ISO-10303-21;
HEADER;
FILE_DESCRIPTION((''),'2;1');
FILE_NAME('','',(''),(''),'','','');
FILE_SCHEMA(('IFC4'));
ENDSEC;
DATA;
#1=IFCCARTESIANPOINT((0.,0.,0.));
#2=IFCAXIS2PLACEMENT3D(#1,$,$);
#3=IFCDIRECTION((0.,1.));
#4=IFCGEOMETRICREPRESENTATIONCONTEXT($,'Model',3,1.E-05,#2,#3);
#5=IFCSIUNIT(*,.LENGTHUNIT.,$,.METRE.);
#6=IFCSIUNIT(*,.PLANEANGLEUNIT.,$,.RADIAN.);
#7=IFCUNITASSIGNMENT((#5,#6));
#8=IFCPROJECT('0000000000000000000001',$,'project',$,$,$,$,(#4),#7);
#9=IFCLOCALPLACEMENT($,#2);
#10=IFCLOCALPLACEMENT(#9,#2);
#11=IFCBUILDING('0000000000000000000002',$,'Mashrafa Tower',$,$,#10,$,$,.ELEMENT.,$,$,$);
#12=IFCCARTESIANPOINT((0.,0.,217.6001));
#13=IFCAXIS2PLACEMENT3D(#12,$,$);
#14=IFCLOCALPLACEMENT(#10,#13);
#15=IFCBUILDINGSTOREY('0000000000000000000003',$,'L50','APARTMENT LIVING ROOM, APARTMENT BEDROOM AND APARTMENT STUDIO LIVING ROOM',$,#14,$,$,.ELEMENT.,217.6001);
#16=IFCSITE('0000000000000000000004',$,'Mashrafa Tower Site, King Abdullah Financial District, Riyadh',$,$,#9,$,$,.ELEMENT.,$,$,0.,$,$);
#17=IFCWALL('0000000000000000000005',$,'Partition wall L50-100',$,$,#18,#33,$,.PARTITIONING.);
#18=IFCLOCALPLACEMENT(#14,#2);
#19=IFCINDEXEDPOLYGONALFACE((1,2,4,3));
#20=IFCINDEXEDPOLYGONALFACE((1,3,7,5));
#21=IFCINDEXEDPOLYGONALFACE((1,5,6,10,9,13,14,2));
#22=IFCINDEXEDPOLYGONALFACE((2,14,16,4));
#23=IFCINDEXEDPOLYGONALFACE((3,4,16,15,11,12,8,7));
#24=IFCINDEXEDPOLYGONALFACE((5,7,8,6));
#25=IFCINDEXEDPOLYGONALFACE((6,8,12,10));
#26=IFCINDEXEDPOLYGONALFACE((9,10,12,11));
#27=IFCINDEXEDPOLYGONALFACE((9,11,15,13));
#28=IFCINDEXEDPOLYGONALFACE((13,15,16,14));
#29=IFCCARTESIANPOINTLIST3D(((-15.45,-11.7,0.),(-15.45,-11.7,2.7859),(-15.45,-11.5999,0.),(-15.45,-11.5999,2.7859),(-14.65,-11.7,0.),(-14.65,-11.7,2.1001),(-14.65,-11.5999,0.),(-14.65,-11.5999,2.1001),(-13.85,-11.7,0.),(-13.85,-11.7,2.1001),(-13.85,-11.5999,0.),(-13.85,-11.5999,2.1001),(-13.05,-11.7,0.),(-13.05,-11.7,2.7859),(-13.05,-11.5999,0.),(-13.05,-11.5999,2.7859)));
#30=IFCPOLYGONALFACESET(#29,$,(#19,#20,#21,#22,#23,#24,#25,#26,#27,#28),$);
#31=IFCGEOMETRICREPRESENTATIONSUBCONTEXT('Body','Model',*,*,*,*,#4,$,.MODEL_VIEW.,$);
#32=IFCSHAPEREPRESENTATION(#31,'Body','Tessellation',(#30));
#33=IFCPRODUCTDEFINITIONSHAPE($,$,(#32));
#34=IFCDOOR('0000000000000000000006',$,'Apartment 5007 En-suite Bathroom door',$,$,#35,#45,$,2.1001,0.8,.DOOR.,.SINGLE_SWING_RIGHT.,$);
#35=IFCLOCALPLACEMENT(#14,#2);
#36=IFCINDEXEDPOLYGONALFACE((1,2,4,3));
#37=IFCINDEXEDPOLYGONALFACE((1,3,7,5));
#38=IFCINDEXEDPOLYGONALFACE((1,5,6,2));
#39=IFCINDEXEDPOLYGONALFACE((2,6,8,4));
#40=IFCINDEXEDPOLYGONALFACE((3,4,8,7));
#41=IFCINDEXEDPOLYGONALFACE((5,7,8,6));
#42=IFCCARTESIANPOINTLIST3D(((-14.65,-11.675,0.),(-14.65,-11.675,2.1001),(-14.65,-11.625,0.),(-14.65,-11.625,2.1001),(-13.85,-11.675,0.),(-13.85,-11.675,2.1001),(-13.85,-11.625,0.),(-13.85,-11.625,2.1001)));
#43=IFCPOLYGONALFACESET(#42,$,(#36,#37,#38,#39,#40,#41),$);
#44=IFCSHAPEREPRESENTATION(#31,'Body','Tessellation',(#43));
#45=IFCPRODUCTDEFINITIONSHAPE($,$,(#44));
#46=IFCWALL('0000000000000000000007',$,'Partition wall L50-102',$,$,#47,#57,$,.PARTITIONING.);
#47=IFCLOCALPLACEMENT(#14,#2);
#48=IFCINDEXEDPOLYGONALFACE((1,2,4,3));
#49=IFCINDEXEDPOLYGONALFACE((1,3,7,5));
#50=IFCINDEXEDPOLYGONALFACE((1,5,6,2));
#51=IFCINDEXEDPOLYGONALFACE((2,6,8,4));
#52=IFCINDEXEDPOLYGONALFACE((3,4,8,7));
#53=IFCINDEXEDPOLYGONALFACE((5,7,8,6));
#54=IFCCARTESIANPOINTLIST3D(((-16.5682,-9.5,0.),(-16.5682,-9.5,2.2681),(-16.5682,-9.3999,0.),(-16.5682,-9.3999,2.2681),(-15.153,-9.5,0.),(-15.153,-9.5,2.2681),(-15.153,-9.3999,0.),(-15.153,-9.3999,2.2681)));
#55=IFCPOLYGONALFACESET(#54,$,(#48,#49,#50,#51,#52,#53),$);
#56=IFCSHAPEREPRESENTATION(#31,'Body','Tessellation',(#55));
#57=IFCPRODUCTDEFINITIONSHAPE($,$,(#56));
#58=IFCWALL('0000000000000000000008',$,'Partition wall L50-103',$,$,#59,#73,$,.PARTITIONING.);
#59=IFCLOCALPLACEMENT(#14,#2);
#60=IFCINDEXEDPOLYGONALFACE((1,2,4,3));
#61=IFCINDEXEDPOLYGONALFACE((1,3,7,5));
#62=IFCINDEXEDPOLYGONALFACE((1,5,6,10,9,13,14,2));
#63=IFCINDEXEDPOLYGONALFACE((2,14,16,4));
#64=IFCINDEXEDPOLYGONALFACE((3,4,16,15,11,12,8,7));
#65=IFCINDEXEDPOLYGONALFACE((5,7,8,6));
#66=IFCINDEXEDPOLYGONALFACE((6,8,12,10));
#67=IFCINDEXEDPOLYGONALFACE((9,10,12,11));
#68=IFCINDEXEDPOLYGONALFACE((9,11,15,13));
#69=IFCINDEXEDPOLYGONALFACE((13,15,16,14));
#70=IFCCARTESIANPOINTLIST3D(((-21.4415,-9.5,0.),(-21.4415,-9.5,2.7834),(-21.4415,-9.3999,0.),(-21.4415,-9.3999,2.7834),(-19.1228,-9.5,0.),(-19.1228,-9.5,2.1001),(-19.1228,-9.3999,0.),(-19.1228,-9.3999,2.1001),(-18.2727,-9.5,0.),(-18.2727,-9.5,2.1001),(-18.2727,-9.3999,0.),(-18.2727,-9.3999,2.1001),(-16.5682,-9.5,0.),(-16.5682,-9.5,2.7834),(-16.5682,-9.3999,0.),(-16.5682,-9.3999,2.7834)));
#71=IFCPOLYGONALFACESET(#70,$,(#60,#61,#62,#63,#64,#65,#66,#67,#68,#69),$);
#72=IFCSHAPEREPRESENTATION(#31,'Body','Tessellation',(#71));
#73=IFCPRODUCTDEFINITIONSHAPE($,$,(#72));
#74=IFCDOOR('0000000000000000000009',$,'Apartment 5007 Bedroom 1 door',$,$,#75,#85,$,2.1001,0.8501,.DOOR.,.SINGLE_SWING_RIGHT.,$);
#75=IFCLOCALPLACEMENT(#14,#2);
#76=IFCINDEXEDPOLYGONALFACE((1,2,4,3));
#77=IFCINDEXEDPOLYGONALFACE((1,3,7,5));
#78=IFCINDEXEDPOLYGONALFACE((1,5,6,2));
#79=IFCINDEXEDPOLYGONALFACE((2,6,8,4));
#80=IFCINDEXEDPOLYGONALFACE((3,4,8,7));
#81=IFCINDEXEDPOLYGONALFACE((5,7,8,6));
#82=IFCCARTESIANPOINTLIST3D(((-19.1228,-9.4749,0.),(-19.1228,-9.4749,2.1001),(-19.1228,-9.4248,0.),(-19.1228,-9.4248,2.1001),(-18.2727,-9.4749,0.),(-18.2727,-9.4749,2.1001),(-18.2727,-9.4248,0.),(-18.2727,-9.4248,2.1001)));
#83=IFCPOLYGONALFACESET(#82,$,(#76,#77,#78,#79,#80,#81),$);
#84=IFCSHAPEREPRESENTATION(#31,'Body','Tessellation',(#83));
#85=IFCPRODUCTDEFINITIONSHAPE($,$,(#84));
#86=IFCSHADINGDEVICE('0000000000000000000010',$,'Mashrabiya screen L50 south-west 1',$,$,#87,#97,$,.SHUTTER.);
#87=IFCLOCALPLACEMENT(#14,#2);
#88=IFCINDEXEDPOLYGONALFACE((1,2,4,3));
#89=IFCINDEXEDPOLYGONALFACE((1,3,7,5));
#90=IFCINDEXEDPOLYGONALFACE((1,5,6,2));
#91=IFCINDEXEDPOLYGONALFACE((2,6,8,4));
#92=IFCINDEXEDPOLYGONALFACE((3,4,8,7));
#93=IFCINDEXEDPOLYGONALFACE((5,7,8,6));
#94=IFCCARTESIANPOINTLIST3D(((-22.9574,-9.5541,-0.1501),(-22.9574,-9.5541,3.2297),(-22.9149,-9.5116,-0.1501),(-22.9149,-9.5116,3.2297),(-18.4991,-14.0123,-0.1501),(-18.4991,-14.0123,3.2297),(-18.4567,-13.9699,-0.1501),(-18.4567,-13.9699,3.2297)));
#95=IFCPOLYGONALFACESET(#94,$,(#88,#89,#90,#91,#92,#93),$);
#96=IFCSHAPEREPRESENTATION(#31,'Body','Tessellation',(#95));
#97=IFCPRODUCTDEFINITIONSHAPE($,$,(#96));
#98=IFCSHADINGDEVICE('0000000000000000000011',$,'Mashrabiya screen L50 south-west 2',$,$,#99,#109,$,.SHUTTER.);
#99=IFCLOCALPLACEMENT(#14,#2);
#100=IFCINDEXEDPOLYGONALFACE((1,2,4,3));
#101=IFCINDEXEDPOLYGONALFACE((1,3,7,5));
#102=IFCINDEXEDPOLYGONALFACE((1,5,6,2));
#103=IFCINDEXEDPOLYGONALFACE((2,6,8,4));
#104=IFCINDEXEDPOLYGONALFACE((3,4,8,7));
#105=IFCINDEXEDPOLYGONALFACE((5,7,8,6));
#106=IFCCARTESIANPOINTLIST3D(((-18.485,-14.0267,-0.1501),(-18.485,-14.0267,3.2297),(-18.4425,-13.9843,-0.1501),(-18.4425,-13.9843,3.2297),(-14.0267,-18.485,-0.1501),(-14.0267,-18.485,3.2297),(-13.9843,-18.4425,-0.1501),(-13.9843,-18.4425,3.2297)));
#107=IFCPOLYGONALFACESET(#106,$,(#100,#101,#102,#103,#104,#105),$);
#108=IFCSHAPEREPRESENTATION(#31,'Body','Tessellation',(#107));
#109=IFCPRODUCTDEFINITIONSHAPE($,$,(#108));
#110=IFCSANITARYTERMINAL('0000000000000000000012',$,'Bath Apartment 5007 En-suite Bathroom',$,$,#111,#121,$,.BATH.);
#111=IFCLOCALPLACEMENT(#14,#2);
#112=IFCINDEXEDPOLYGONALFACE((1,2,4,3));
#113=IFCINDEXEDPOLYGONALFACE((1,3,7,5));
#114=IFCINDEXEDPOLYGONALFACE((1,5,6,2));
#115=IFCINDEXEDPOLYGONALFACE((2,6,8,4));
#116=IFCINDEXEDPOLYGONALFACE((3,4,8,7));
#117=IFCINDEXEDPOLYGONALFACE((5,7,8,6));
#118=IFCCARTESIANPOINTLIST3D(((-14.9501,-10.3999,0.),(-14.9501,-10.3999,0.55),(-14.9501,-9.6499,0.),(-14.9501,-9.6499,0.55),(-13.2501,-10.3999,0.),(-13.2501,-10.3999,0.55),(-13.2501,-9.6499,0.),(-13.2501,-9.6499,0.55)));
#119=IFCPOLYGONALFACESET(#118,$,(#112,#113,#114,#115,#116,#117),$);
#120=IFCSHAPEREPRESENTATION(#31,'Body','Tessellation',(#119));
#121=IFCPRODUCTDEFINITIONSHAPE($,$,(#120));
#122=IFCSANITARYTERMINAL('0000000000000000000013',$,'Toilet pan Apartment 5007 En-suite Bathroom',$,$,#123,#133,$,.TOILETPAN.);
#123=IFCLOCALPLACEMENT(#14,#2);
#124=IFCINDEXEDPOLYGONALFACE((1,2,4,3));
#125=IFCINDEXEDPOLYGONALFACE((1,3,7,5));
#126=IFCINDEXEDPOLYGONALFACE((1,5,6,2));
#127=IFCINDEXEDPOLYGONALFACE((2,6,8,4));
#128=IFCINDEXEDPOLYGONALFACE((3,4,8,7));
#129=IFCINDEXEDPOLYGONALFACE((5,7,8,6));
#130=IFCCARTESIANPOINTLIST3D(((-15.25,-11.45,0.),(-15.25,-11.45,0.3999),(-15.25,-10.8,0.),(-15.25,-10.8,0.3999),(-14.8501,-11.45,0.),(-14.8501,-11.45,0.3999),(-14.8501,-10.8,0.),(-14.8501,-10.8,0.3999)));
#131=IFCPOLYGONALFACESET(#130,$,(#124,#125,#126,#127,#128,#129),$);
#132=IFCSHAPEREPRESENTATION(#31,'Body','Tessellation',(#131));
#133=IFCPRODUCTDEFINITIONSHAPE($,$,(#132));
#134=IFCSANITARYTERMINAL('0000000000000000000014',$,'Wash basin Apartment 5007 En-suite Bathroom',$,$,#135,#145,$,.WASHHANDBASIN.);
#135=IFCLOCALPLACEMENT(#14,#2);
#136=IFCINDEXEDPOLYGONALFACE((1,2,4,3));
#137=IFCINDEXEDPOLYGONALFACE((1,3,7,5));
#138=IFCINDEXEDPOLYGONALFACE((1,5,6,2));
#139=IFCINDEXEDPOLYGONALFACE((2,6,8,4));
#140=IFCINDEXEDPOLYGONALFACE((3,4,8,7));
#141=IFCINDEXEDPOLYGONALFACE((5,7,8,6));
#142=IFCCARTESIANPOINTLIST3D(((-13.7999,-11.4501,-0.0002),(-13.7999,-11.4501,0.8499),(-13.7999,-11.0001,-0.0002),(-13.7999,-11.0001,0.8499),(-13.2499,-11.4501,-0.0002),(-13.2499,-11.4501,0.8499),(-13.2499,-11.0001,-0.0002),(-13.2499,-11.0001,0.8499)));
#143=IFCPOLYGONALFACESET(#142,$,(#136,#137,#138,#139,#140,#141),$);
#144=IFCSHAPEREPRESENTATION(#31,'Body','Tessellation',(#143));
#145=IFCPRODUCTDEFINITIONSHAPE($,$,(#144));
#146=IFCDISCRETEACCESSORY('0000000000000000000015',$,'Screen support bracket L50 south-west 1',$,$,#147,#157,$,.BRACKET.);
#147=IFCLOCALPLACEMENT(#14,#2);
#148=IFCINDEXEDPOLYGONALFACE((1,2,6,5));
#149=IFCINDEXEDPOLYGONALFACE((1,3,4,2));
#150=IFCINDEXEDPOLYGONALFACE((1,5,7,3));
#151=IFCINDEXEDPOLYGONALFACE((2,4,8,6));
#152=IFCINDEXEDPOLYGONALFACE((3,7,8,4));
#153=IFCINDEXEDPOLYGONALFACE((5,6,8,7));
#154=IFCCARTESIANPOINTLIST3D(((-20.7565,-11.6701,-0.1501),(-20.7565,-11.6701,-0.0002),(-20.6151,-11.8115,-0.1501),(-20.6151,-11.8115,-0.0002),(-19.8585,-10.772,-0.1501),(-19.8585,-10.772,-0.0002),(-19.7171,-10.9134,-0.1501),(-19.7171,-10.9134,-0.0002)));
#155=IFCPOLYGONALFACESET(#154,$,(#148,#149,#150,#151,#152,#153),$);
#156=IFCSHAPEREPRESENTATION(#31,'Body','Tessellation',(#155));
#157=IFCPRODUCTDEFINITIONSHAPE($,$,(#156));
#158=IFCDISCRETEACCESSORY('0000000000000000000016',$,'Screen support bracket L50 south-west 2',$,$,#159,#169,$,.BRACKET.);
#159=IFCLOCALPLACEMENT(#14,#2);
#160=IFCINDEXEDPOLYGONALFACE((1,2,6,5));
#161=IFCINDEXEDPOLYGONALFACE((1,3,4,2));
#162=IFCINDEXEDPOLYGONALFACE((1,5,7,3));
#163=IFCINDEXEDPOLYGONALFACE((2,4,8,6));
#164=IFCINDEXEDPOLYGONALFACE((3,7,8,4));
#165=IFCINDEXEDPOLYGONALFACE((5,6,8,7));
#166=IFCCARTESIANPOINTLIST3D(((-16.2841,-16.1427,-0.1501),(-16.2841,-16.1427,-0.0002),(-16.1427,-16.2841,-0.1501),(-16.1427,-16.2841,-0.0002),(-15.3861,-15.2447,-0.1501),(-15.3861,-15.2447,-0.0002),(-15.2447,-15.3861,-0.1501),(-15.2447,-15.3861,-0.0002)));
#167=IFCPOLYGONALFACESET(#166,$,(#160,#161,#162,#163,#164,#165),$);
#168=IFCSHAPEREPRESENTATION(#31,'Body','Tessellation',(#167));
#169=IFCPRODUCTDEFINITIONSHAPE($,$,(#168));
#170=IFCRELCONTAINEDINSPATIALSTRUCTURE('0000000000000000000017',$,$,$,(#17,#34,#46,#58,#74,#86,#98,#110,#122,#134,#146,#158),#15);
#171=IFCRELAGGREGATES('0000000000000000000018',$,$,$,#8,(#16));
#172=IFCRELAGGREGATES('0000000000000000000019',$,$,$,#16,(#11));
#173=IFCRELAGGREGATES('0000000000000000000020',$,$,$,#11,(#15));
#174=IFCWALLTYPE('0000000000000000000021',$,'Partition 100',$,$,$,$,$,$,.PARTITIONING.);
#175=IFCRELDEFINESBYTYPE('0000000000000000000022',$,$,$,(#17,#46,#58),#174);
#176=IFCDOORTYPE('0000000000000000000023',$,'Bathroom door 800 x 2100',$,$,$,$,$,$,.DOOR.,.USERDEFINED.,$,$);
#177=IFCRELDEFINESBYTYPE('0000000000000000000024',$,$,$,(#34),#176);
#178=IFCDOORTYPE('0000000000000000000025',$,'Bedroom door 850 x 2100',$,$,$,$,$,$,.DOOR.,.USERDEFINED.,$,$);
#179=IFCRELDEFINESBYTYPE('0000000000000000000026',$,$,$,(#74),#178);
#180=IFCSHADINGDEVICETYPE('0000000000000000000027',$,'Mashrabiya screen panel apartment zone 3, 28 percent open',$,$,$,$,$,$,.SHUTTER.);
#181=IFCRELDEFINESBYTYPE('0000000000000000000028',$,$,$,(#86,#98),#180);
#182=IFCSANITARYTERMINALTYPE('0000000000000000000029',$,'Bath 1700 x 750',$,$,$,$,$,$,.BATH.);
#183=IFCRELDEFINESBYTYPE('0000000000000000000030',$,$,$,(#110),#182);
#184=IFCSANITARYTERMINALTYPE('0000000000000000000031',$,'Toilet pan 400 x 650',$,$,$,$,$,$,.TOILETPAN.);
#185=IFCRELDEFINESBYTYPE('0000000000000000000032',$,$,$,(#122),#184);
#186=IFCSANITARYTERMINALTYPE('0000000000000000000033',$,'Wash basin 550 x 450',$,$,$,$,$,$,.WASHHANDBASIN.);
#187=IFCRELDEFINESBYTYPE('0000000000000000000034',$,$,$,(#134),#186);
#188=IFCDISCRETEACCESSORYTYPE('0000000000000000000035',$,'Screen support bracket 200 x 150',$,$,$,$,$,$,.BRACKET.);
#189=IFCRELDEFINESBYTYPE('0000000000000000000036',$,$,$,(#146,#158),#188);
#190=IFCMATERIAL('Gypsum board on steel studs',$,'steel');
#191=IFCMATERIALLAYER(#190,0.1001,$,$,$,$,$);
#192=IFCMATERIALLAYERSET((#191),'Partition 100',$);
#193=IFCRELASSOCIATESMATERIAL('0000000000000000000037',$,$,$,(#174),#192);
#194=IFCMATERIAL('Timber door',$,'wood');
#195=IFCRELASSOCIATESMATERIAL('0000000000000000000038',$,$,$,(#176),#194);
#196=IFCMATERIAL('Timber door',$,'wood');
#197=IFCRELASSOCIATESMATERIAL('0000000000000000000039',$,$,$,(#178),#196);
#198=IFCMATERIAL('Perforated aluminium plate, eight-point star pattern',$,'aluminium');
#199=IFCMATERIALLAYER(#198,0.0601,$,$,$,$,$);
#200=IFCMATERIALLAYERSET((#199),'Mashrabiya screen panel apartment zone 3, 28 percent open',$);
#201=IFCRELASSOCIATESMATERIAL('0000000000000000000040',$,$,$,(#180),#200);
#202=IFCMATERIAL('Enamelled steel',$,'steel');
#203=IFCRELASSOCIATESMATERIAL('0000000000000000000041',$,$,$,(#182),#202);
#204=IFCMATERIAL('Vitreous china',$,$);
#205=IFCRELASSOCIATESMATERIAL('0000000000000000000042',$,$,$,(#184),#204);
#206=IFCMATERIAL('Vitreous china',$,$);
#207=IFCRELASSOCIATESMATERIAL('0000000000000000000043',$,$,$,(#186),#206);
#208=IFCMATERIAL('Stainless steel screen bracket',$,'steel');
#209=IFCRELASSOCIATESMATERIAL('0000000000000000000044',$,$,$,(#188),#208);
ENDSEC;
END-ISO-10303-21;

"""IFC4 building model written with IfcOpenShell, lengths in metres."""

from ifc_helpers import new_model, si_unit, direction, frame, frame_2d, origin, origin_2d, place, context, subcontext, project, spatial, rectangle, extrude, source, transform, mapped, material, layer, layer_set, type_object, type_shapes, element, fill, save


model = new_model("IFC4")

# Units and contexts
model_context = context("Model", 3, precision=1e-05, world=origin(), true_north=direction((0.0, 1.0)))
body_context = subcontext(model_context, "Body", "Model", "MODEL_VIEW")
ifc_project = project(units=[si_unit("LENGTHUNIT", "METRE"), si_unit("PLANEANGLEUNIT", "RADIAN")], contexts=[model_context])

# Site, building, storey
site_placement = place(None, origin())
site = spatial("IfcSite", under=ifc_project, at=site_placement, Name="Mashrafa Tower Site, King Abdullah Financial District, Riyadh", CompositionType="ELEMENT", RefElevation=0.0)
building_placement = place(site_placement, origin())
building = spatial("IfcBuilding", under=site, at=building_placement, Name="Mashrafa Tower", CompositionType="ELEMENT")
storey_placement = place(building_placement, frame((0.0, 0.0, 217.6001)))
storey = spatial("IfcBuildingStorey", under=building, at=storey_placement, Name="L50", Description="APARTMENT LIVING ROOM, APARTMENT BEDROOM AND APARTMENT STUDIO LIVING ROOM", CompositionType="ELEMENT", Elevation=217.6001)

# Shared definitions
ifc_material_1 = material(Name="Gypsum board on steel studs", Category="steel")
ifc_layer_1 = layer(ifc_material_1, 0.1001)
ifc_layer_set_1 = layer_set([ifc_layer_1], Name="Partition 100")
wall_type_1 = type_object("IfcWallType", Name="Partition 100", PredefinedType="PARTITIONING", material=ifc_layer_set_1)

# Wall, opening, door
wall_1_placement = place(storey_placement, frame((-15.45, -11.6499, 0.0), z_axis=(0.0, 0.0, 1.0), x_axis=(1.0, 0.0, 0.0)))
wall_1 = element("IfcWall", 1, at=wall_1_placement, inside=storey, type_object=wall_type_1, Name="Partition wall L50-100", PredefinedType="PARTITIONING", context=body_context, shape_type="SweptSolid", body=[
    extrude(rectangle(XDim=2.3999, YDim=0.1001, at=frame_2d((1.2, 0.0))), origin(), (0.0, 0.0, 1.0), 2.7859),
])
opening_1_placement = place(wall_1_placement, frame((0.8, 0.0, 0.0)))
opening_1 = element("IfcOpeningElement", 2, at=opening_1_placement, cuts=wall_1, PredefinedType="OPENING", context=body_context, shape_type="SweptSolid", body=[
    extrude(rectangle(XDim=0.8, YDim=2.1001, at=frame_2d((0.3999, 1.05))), frame((0.0, 0.0601, 0.0), z_axis=(0.0, -1.0, 0.0), x_axis=(1.0, 0.0, 0.0)), (0.0, 0.0, 1.0), 0.1201),
])
ifc_material_2 = material(Name="Timber door", Category="wood")
door_type_1 = type_object("IfcDoorType", Name="Bathroom door 800 x 2100", OperationType="USERDEFINED", PredefinedType="DOOR", material=ifc_material_2)
door_1_placement = place(opening_1_placement, origin())
door_1 = element("IfcDoor", 3, at=door_1_placement, inside=storey, type_object=door_type_1, Name="Apartment 5007 En-suite Bathroom door", OperationType="SINGLE_SWING_RIGHT", OverallHeight=2.1001, OverallWidth=0.8, PredefinedType="DOOR", context=body_context, shape_type="SweptSolid", body=[
    extrude(rectangle(XDim=0.8, YDim=2.1001, at=frame_2d((0.3999, 1.05))), frame((0.0, 0.0249, 0.0), z_axis=(0.0, -1.0, 0.0), x_axis=(1.0, 0.0, 0.0)), (0.0, 0.0, 1.0), 0.05),
])
fill(opening_1, door_1)

# Wall
wall_2_placement = place(storey_placement, frame((-15.1531, -9.45, 0.0), z_axis=(0.0, 0.0, 1.0), x_axis=(-1.0, 0.0, 0.0)))
element("IfcWall", 4, at=wall_2_placement, inside=storey, type_object=wall_type_1, Name="Partition wall L50-102", PredefinedType="PARTITIONING", context=body_context, shape_type="SweptSolid", body=[
    extrude(rectangle(XDim=1.4153, YDim=0.1001, at=frame_2d((0.7075, 0.0))), origin(), (0.0, 0.0, 1.0), 2.2681),
])

# Wall, opening, door
wall_3_placement = place(storey_placement, frame((-16.5684, -9.45, 0.0), z_axis=(0.0, 0.0, 1.0), x_axis=(-1.0, 0.0, 0.0)))
wall_3 = element("IfcWall", 5, at=wall_3_placement, inside=storey, type_object=wall_type_1, Name="Partition wall L50-103", PredefinedType="PARTITIONING", context=body_context, shape_type="SweptSolid", body=[
    extrude(rectangle(XDim=4.8733, YDim=0.1001, at=frame_2d((2.4365, 0.0))), origin(), (0.0, 0.0, 1.0), 2.7834),
])
opening_2_placement = place(wall_3_placement, frame((1.7043, 0.0, 0.0)))
opening_2 = element("IfcOpeningElement", 6, at=opening_2_placement, cuts=wall_3, PredefinedType="OPENING", context=body_context, shape_type="SweptSolid", body=[
    extrude(rectangle(XDim=0.8501, YDim=2.1001, at=frame_2d((0.425, 1.05))), frame((0.0, 0.0601, 0.0), z_axis=(0.0, -1.0, 0.0), x_axis=(1.0, 0.0, 0.0)), (0.0, 0.0, 1.0), 0.1201),
])
ifc_material_3 = material(Name="Timber door", Category="wood")
door_type_2 = type_object("IfcDoorType", Name="Bedroom door 850 x 2100", OperationType="USERDEFINED", PredefinedType="DOOR", material=ifc_material_3)
door_2_placement = place(opening_2_placement, origin())
door_2 = element("IfcDoor", 7, at=door_2_placement, inside=storey, type_object=door_type_2, Name="Apartment 5007 Bedroom 1 door", OperationType="SINGLE_SWING_RIGHT", OverallHeight=2.1001, OverallWidth=0.8501, PredefinedType="DOOR", context=body_context, shape_type="SweptSolid", body=[
    extrude(rectangle(XDim=0.8501, YDim=2.1001, at=frame_2d((0.425, 1.05))), frame((0.0, 0.0249, 0.0), z_axis=(0.0, -1.0, 0.0), x_axis=(1.0, 0.0, 0.0)), (0.0, 0.0, 1.0), 0.05),
])
fill(opening_2, door_2)

# Shading devices
ifc_material_4 = material(Name="Perforated aluminium plate, eight-point star pattern", Category="aluminium")
ifc_layer_2 = layer(ifc_material_4, 0.0601)
ifc_layer_set_2 = layer_set([ifc_layer_2], Name="Mashrabiya screen panel apartment zone 3, 28 percent open")
shading_device_type = type_object("IfcShadingDeviceType", Name="Mashrabiya screen panel apartment zone 3, 28 percent open", PredefinedType="SHUTTER", material=ifc_layer_set_2)
shared_shape_1 = source(origin(), body_context, "Body", "SweptSolid", [
    extrude(rectangle(XDim=6.3049, YDim=0.0601, at=origin_2d()), origin(), (0.0, 0.0, 1.0), 3.3799),
])
type_shapes(shading_device_type, [shared_shape_1])
for number, where, z_axis, x_axis, name in (
    (8, (-20.707, -11.762, -0.1501), (0.0, 0.0, 1.0), (0.707107, -0.707107, 0.0), "Mashrabiya screen L50 south-west 1"),
    (9, (-16.2346, -16.2346, -0.1501), (0.0, 0.0, 1.0), (0.707107, -0.707107, 0.0), "Mashrabiya screen L50 south-west 2"),
):
    element("IfcShadingDevice", number, at=place(storey_placement, frame(where, z_axis=z_axis, x_axis=x_axis)), inside=storey, type_object=shading_device_type, Name=name, PredefinedType="SHUTTER", context=body_context, shape_type="MappedRepresentation", body=[
        mapped(shared_shape_1, transform((0.0, 0.0, 0.0))),
    ])

# Sanitary terminals
ifc_material_5 = material(Name="Enamelled steel", Category="steel")
sanitary_terminal_type_1 = type_object("IfcSanitaryTerminalType", Name="Bath 1700 x 750", PredefinedType="BATH", material=ifc_material_5)
sanitary_terminal_1_placement = place(storey_placement, frame((-14.1001, -10.0249, 0.0), z_axis=(0.0, 0.0, 1.0), x_axis=(-1.0, 0.0, 0.0)))
element("IfcSanitaryTerminal", 10, at=sanitary_terminal_1_placement, inside=storey, type_object=sanitary_terminal_type_1, Name="Bath Apartment 5007 En-suite Bathroom", PredefinedType="BATH", context=body_context, shape_type="SweptSolid", body=[
    extrude(rectangle(XDim=1.7, YDim=0.75, at=origin_2d()), origin(), (0.0, 0.0, 1.0), 0.55),
])
ifc_material_6 = material(Name="Vitreous china")
sanitary_terminal_type_2 = type_object("IfcSanitaryTerminalType", Name="Toilet pan 400 x 650", PredefinedType="TOILETPAN", material=ifc_material_6)
sanitary_terminal_2_placement = place(storey_placement, frame((-15.05, -11.125, 0.0), z_axis=(0.0, 0.0, 1.0), x_axis=(1.0, 0.0, 0.0)))
element("IfcSanitaryTerminal", 11, at=sanitary_terminal_2_placement, inside=storey, type_object=sanitary_terminal_type_2, Name="Toilet pan Apartment 5007 En-suite Bathroom", PredefinedType="TOILETPAN", context=body_context, shape_type="SweptSolid", body=[
    extrude(rectangle(XDim=0.3999, YDim=0.6499, at=origin_2d()), origin(), (0.0, 0.0, 1.0), 0.3999),
])
ifc_material_7 = material(Name="Vitreous china")
sanitary_terminal_type_3 = type_object("IfcSanitaryTerminalType", Name="Wash basin 550 x 450", PredefinedType="WASHHANDBASIN", material=ifc_material_7)
sanitary_terminal_3_placement = place(storey_placement, frame((-13.5249, -11.2251, -0.0002), z_axis=(0.0, 0.0, 1.0), x_axis=(1.0, 0.0, 0.0)))
element("IfcSanitaryTerminal", 12, at=sanitary_terminal_3_placement, inside=storey, type_object=sanitary_terminal_type_3, Name="Wash basin Apartment 5007 En-suite Bathroom", PredefinedType="WASHHANDBASIN", context=body_context, shape_type="SweptSolid", body=[
    extrude(rectangle(XDim=0.55, YDim=0.45, at=origin_2d()), origin(), (0.0, 0.0, 1.0), 0.8501),
])

# Discrete accessories
ifc_material_8 = material(Name="Stainless steel screen bracket", Category="steel")
discrete_accessory_type = type_object("IfcDiscreteAccessoryType", Name="Screen support bracket 200 x 150", PredefinedType="BRACKET", material=ifc_material_8)
shared_shape_2 = source(origin(), body_context, "Body", "SweptSolid", [
    extrude(rectangle(XDim=0.2, YDim=1.27, at=origin_2d()), origin(), (0.0, 0.0, 1.0), 0.1499),
])
type_shapes(discrete_accessory_type, [shared_shape_2])
for number, where, z_axis, x_axis, name in (
    (13, (-20.2368, -11.2917, -0.1501), (0.0, 0.0, 1.0), (0.707107, -0.707107, 0.0), "Screen support bracket L50 south-west 1"),
    (14, (-15.7644, -15.7644, -0.1501), (0.0, 0.0, 1.0), (0.707107, -0.707107, 0.0), "Screen support bracket L50 south-west 2"),
):
    element("IfcDiscreteAccessory", number, at=place(storey_placement, frame(where, z_axis=z_axis, x_axis=x_axis)), inside=storey, type_object=discrete_accessory_type, Name=name, PredefinedType="BRACKET", context=body_context, shape_type="MappedRepresentation", body=[
        mapped(shared_shape_2, transform((0.0, 0.0, 0.0))),
    ])

save(model, "model.ifc")
